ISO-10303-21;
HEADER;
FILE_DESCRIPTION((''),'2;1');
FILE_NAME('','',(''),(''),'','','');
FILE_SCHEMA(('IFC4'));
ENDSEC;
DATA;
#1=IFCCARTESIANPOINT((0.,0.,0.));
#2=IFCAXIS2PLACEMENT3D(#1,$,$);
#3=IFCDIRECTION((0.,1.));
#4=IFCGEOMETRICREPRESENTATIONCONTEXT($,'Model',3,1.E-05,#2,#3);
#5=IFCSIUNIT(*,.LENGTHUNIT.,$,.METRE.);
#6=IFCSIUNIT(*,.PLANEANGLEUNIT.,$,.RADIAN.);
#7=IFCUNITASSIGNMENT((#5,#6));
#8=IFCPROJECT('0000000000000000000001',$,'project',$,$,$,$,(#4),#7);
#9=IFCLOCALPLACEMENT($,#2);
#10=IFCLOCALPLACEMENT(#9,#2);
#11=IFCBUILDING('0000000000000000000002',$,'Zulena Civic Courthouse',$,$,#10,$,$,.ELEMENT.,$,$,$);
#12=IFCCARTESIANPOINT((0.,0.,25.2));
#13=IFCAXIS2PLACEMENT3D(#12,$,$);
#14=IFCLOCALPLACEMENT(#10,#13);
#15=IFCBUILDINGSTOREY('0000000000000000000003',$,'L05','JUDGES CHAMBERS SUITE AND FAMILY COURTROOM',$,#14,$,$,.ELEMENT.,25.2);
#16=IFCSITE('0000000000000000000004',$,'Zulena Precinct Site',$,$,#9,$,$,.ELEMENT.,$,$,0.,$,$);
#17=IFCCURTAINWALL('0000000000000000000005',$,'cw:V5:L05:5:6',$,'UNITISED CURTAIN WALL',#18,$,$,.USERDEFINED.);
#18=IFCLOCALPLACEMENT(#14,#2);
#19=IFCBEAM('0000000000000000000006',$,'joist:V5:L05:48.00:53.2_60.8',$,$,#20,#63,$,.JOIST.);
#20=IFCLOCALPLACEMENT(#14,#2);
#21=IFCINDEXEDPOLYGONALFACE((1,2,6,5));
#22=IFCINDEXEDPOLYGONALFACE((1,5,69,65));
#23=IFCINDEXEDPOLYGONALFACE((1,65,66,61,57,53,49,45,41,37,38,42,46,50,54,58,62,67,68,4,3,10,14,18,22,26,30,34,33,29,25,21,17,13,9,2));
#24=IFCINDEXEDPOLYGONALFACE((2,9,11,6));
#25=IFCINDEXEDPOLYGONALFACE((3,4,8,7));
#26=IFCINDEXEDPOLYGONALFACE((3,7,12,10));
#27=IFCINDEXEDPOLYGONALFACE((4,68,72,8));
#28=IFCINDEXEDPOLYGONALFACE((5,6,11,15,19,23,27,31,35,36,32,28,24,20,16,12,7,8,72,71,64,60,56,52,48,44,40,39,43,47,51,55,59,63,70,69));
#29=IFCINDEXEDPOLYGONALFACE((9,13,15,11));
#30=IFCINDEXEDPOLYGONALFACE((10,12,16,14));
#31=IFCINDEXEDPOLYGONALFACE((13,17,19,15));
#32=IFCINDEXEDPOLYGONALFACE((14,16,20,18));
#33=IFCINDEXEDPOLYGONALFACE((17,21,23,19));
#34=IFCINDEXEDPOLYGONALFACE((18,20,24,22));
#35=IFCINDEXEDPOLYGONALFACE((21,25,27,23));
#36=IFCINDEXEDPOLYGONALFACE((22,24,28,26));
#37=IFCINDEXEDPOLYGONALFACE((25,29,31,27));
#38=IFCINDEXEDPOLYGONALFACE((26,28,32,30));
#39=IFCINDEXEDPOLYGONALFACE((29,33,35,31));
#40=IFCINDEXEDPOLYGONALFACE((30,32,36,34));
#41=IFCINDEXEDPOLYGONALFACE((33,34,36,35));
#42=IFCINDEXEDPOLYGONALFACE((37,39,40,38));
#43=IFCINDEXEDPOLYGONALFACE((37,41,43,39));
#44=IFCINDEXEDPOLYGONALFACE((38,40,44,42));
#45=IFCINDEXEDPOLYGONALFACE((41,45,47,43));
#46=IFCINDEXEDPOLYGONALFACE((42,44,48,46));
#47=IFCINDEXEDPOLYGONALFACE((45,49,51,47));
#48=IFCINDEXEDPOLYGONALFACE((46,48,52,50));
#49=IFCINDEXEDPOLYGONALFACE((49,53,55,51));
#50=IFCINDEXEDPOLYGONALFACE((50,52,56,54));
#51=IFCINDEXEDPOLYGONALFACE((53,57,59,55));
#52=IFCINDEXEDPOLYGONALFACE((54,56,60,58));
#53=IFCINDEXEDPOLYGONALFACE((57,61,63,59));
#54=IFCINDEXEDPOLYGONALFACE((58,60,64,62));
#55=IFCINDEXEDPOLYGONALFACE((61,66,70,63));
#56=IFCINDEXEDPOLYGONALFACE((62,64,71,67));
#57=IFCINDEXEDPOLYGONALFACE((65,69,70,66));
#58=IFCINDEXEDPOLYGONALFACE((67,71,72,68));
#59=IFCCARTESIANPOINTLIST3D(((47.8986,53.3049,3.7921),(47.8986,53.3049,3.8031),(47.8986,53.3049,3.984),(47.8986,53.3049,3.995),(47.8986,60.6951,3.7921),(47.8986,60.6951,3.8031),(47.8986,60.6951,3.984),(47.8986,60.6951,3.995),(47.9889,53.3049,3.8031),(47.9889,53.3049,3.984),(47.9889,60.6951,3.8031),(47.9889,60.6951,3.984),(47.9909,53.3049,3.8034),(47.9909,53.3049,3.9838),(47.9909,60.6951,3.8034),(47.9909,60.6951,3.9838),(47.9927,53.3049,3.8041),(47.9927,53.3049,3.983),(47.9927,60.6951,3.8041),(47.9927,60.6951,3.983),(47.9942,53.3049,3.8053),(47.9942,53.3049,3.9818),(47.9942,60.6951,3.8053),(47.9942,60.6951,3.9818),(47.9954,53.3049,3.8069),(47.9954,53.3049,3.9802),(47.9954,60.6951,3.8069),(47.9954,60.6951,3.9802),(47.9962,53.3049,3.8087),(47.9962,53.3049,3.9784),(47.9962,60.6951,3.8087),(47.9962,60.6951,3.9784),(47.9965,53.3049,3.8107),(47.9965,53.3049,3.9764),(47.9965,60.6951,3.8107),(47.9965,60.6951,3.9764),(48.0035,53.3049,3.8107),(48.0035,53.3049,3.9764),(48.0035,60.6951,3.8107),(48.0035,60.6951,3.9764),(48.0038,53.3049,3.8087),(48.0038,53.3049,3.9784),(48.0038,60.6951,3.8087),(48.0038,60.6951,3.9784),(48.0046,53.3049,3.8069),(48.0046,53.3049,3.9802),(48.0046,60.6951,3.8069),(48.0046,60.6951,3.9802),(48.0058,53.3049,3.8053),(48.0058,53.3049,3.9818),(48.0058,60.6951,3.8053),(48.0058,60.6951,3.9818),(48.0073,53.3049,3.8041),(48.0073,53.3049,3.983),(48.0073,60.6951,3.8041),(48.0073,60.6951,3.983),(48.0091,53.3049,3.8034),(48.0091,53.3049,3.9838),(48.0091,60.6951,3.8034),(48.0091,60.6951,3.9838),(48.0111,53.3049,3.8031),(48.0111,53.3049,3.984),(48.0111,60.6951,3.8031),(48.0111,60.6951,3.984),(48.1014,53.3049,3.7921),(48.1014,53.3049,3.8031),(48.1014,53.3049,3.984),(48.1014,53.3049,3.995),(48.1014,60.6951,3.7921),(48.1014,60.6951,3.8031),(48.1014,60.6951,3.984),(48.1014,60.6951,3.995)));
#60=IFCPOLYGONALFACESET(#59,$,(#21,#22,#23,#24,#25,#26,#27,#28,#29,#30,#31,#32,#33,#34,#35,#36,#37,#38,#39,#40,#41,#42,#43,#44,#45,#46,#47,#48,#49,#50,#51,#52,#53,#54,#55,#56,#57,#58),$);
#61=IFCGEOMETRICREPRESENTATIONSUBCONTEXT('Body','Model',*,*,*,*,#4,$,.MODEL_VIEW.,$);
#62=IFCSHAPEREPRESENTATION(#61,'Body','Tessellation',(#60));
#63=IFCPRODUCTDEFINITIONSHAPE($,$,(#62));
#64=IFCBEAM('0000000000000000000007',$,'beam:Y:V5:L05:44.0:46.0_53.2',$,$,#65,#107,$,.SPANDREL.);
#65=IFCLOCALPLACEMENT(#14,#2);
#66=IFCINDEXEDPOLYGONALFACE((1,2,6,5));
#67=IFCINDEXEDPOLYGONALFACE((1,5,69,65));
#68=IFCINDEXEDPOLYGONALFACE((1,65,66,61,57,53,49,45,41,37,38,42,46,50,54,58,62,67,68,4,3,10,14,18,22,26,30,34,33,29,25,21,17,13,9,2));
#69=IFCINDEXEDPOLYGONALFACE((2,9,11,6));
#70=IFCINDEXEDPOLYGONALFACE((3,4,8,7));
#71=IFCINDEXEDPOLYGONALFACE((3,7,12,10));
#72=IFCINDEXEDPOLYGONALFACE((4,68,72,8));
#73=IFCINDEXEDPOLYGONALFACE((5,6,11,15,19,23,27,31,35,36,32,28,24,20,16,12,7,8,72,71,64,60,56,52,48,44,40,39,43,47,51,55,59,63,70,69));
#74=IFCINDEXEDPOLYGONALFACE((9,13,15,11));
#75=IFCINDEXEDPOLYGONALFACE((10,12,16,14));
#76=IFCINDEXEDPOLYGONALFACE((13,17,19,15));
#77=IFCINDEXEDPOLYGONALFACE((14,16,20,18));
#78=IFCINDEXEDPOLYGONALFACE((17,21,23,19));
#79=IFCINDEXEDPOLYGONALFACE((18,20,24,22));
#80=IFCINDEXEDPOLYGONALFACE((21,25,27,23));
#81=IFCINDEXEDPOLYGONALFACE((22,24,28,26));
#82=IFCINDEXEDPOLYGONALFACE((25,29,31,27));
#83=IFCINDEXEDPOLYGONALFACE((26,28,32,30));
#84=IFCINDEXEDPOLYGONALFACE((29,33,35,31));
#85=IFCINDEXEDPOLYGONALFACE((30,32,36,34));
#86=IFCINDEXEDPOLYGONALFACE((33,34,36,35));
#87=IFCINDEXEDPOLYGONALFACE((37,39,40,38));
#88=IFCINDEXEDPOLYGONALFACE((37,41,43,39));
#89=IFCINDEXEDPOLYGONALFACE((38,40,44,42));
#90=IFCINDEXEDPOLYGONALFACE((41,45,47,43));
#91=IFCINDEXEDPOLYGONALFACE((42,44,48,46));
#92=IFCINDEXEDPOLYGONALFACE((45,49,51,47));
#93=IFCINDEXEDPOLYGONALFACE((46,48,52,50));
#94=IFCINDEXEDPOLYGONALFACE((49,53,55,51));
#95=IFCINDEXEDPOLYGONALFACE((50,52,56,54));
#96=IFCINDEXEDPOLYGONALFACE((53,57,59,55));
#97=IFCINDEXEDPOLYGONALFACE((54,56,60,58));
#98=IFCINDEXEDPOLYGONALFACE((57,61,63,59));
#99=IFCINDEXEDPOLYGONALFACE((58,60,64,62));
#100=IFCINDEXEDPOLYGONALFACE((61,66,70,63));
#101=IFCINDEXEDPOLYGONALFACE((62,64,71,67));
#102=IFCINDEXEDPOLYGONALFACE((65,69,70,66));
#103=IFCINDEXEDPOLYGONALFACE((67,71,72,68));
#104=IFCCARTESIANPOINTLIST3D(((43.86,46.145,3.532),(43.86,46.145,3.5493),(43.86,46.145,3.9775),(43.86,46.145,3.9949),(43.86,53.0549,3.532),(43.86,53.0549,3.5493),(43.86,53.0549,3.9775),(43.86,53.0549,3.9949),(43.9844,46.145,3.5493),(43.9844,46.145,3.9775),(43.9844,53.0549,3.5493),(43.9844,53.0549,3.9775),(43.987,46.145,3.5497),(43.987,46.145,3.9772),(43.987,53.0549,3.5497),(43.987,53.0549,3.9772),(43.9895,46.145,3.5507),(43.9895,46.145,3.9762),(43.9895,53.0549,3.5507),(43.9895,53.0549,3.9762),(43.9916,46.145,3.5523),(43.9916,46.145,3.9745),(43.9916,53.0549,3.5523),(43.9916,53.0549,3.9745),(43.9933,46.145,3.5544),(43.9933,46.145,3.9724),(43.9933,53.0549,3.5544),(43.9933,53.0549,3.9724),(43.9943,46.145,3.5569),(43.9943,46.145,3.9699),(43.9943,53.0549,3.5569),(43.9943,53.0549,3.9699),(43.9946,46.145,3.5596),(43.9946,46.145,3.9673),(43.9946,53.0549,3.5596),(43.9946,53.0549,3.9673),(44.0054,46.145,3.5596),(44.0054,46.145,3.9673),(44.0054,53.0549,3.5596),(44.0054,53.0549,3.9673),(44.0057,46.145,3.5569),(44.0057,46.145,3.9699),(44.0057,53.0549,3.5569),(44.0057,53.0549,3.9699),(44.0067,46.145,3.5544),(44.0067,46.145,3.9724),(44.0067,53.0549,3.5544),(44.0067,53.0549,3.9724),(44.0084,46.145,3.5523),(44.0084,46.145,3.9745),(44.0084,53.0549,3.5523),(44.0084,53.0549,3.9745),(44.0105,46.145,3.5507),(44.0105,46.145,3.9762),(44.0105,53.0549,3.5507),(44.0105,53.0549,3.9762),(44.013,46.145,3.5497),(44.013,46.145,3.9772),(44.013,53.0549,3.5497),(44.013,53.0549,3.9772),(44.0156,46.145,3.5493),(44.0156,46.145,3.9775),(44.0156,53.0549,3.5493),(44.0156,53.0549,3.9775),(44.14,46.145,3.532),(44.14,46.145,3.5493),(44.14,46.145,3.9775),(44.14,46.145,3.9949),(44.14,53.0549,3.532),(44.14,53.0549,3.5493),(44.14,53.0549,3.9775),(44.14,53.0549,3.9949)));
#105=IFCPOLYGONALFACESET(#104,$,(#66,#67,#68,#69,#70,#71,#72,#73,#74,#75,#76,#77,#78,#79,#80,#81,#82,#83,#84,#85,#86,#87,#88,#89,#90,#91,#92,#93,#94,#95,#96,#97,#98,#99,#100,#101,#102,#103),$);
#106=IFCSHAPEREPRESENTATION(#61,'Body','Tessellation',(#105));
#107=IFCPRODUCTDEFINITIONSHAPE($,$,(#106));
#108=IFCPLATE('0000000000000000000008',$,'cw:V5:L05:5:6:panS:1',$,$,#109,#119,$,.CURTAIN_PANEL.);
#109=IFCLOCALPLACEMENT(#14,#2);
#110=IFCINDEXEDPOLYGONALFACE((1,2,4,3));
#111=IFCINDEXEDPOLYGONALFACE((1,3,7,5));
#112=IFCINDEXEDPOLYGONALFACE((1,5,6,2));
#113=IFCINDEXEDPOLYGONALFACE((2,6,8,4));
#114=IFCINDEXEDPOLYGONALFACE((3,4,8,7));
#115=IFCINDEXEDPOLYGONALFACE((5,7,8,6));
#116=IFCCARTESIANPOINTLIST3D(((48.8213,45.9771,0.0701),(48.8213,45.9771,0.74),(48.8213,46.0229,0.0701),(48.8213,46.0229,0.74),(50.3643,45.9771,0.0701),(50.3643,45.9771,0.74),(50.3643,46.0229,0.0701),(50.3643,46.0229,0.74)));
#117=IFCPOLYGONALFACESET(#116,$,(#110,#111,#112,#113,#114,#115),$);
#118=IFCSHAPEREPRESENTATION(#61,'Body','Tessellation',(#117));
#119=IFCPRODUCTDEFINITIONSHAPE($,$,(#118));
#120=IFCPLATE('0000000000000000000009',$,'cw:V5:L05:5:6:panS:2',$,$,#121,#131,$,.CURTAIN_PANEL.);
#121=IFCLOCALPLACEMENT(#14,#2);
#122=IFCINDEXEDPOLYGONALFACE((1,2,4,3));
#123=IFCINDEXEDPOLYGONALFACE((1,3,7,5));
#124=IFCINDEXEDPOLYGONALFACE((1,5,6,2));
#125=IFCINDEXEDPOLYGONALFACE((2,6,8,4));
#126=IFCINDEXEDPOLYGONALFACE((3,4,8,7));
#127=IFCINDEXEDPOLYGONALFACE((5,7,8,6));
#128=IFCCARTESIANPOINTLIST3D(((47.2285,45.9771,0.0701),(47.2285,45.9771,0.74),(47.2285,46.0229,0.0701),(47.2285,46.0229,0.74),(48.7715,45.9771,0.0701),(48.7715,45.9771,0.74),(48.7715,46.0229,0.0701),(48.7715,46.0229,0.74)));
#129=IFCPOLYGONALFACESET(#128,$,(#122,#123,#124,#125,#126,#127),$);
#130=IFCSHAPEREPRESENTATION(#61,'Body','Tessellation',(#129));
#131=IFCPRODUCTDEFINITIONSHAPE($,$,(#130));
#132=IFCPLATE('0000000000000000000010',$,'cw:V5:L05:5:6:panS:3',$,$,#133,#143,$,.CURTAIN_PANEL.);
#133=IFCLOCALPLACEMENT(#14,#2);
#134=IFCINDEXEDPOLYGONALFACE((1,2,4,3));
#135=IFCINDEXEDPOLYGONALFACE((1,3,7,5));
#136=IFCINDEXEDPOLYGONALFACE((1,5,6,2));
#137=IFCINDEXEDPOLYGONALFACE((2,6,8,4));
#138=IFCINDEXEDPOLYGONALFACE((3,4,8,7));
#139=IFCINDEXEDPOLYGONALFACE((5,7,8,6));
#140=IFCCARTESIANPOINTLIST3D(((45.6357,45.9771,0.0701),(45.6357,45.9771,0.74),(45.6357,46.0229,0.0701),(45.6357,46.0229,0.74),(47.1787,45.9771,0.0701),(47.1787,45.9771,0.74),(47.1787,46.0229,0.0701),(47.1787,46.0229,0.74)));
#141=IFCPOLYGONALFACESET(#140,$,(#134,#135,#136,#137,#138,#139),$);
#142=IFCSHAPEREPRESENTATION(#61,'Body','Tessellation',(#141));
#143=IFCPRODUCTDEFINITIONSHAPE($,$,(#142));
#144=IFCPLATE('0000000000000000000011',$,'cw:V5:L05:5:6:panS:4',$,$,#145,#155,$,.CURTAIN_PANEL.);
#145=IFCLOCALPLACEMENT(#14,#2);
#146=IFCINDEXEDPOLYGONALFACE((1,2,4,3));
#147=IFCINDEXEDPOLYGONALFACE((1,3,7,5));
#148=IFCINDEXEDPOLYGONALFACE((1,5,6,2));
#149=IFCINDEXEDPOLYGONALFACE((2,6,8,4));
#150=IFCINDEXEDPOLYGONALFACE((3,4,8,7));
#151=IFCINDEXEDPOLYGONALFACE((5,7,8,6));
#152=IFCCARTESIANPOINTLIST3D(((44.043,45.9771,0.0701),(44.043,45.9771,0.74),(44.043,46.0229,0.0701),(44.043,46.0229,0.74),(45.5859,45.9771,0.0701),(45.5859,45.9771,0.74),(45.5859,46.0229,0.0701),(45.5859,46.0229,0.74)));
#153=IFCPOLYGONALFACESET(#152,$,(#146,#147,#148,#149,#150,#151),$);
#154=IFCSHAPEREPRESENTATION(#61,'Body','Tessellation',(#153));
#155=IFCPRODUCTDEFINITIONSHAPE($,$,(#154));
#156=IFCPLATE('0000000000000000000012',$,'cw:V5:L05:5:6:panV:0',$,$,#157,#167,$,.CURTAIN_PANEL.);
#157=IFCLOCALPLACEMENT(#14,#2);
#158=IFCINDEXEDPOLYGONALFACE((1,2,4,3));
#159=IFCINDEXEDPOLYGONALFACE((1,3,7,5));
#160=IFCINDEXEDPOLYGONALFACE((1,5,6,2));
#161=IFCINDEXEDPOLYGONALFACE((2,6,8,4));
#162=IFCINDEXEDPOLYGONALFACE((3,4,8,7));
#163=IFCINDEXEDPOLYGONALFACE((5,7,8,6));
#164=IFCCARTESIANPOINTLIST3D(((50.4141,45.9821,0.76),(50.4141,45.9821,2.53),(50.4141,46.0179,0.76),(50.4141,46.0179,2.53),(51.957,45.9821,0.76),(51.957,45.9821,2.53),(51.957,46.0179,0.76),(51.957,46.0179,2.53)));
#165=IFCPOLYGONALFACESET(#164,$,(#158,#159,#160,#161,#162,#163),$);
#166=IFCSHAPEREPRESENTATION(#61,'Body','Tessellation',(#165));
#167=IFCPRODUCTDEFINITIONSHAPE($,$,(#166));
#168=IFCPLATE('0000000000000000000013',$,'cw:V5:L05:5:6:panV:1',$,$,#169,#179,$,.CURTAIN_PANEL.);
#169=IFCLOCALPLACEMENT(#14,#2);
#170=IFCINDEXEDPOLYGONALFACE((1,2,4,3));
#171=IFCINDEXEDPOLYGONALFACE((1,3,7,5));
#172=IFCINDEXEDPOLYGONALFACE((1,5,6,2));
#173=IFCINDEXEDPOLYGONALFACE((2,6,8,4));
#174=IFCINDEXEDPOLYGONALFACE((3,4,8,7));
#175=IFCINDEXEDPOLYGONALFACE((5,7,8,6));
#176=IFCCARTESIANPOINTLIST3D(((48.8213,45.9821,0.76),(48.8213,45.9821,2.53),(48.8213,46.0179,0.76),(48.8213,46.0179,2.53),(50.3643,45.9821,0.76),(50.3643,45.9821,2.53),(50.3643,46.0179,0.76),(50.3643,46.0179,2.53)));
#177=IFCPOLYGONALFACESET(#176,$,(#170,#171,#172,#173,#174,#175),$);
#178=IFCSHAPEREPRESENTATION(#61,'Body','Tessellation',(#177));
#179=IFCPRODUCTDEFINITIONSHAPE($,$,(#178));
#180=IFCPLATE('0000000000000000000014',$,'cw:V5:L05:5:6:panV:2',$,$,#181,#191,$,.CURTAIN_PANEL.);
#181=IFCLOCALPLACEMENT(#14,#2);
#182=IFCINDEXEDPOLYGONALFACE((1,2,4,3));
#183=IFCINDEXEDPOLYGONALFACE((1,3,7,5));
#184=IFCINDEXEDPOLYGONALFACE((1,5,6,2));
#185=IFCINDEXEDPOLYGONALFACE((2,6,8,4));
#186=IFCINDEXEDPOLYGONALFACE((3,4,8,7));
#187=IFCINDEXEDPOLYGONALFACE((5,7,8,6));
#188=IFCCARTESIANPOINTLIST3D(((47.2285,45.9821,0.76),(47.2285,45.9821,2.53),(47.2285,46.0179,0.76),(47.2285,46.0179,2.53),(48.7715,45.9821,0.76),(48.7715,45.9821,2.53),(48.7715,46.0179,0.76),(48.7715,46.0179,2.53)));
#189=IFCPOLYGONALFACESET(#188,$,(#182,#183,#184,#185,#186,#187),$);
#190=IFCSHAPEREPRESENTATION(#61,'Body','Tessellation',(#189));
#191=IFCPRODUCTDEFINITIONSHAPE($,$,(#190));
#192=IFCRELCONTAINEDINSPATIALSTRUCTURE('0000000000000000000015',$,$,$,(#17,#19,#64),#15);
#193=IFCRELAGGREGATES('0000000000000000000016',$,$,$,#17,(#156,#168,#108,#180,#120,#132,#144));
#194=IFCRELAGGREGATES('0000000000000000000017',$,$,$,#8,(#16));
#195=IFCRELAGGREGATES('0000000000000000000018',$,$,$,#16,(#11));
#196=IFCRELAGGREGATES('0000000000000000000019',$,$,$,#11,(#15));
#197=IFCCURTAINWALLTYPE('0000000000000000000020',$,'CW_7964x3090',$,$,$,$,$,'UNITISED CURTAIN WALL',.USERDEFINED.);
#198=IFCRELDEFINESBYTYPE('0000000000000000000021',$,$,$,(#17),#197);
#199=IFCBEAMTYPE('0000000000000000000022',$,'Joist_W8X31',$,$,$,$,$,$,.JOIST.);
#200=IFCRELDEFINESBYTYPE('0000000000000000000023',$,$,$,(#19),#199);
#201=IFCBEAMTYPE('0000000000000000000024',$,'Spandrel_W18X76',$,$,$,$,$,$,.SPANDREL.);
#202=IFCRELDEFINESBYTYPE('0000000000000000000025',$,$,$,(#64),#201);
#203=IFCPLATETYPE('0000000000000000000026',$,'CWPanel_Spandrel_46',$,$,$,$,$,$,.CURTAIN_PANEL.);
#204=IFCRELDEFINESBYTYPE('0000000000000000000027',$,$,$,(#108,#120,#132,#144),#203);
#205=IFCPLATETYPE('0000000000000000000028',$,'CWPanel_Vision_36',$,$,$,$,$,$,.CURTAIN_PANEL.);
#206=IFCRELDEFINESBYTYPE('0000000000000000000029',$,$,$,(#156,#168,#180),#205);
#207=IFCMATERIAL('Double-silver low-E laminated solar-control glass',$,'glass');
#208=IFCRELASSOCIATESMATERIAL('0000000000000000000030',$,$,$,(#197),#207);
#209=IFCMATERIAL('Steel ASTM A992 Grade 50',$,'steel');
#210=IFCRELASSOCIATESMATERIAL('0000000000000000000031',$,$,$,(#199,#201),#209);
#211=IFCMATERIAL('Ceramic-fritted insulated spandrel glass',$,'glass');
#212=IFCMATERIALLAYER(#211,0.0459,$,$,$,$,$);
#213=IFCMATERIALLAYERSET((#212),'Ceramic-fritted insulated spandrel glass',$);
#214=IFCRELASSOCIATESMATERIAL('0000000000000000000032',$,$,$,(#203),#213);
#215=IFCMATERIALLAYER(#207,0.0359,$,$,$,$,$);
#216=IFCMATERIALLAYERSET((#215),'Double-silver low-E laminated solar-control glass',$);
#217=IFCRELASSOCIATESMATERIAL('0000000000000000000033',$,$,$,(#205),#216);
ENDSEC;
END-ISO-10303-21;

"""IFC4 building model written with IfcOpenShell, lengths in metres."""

from ifc_helpers import new_model, si_unit, direction, frame, origin, origin_2d, place, context, subcontext, project, spatial, rectangle, i_section, extrude, material, layer, layer_set, material_profile, profile_set, type_object, element, aggregate, save


model = new_model("IFC4")

# Units and contexts
model_context = context("Model", 3, precision=1e-05, world=origin(), true_north=direction((0.0, 1.0)))
body_context = subcontext(model_context, "Body", "Model", "MODEL_VIEW")
ifc_project = project(units=[si_unit("LENGTHUNIT", "METRE"), si_unit("PLANEANGLEUNIT", "RADIAN")], contexts=[model_context])

# Site, building, storey
site_placement = place(None, origin())
site = spatial("IfcSite", under=ifc_project, at=site_placement, Name="Zulena Precinct Site", CompositionType="ELEMENT", RefElevation=0.0)
building_placement = place(site_placement, origin())
building = spatial("IfcBuilding", under=site, at=building_placement, Name="Zulena Civic Courthouse", CompositionType="ELEMENT")
storey_placement = place(building_placement, frame((0.0, 0.0, 25.2)))
storey = spatial("IfcBuildingStorey", under=building, at=storey_placement, Name="L05", Description="JUDGES CHAMBERS SUITE AND FAMILY COURTROOM", CompositionType="ELEMENT", Elevation=25.2)

# Shared definitions
ifc_material_1 = material(Name="Steel ASTM A992 Grade 50", Category="steel")

# Curtain wall
ifc_material_2 = material(Name="Double-silver low-E laminated solar-control glass", Category="glass")
curtain_wall_type = type_object("IfcCurtainWallType", Name="CW_7964x3090", ElementType="UNITISED CURTAIN WALL", PredefinedType="USERDEFINED", material=ifc_material_2)
curtain_wall_placement = place(storey_placement, origin())
curtain_wall = element("IfcCurtainWall", 1, at=curtain_wall_placement, inside=storey, type_object=curtain_wall_type, Name="cw:V5:L05:5:6", ObjectType="UNITISED CURTAIN WALL", PredefinedType="USERDEFINED")

# Beams
ifc_material_profile_1 = material_profile(ifc_material_1, i_section(OverallWidth=0.2029, OverallDepth=0.2029, WebThickness=0.0071, FlangeThickness=0.011, FilletRadius=0.0076, at=origin_2d()), Name="W8X31")
ifc_profile_set_1 = profile_set([ifc_material_profile_1], Name="Steel ASTM A992 Grade 50")
beam_type_1 = type_object("IfcBeamType", Name="Joist_W8X31", PredefinedType="JOIST", material=ifc_profile_set_1)
beam_1_placement = place(storey_placement, frame((48.0, 53.3049, 3.8936), z_axis=(0.0, 1.0, 0.0), x_axis=(-1.0, 0.0, 0.0)))
element("IfcBeam", 2, at=beam_1_placement, inside=storey, type_object=beam_type_1, Name="joist:V5:L05:48.00:53.2_60.8", PredefinedType="JOIST", context=body_context, shape_type="SweptSolid", body=[
    extrude(i_section(OverallWidth=0.2029, OverallDepth=0.2029, WebThickness=0.0071, FlangeThickness=0.011, FilletRadius=0.0076, at=origin_2d()), origin(), (0.0, 0.0, 1.0), 7.3901),
])
ifc_material_profile_2 = material_profile(ifc_material_1, i_section(OverallWidth=0.28, OverallDepth=0.4629, WebThickness=0.0107, FlangeThickness=0.0173, FilletRadius=0.0103, at=origin_2d()), Name="W18X76")
ifc_profile_set_2 = profile_set([ifc_material_profile_2], Name="Steel ASTM A992 Grade 50")
beam_type_2 = type_object("IfcBeamType", Name="Spandrel_W18X76", PredefinedType="SPANDREL", material=ifc_profile_set_2)
beam_2_placement = place(storey_placement, frame((44.0, 46.145, 3.7634), z_axis=(0.0, 1.0, 0.0), x_axis=(-1.0, 0.0, 0.0)))
element("IfcBeam", 3, at=beam_2_placement, inside=storey, type_object=beam_type_2, Name="beam:Y:V5:L05:44.0:46.0_53.2", PredefinedType="SPANDREL", context=body_context, shape_type="SweptSolid", body=[
    extrude(i_section(OverallWidth=0.28, OverallDepth=0.4629, WebThickness=0.0107, FlangeThickness=0.0173, FilletRadius=0.0103, at=origin_2d()), origin(), (0.0, 0.0, 1.0), 6.9099),
])

# Plates
ifc_material_3 = material(Name="Ceramic-fritted insulated spandrel glass", Category="glass")
ifc_layer_1 = layer(ifc_material_3, 0.0459)
ifc_layer_set_1 = layer_set([ifc_layer_1], Name="Ceramic-fritted insulated spandrel glass")
plate_type_1 = type_object("IfcPlateType", Name="CWPanel_Spandrel_46", PredefinedType="CURTAIN_PANEL", material=ifc_layer_set_1)
plate_1_placement = place(storey_placement, frame((49.5928, 46.0, 0.0701), z_axis=(0.0, 0.0, 1.0), x_axis=(-1.0, 0.0, 0.0)))
plate_1 = element("IfcPlate", 4, at=plate_1_placement, type_object=plate_type_1, Name="cw:V5:L05:5:6:panS:1", PredefinedType="CURTAIN_PANEL", context=body_context, shape_type="SweptSolid", body=[
    extrude(rectangle(XDim=1.543, YDim=0.0459, at=origin_2d()), origin(), (0.0, 0.0, 1.0), 0.6699),
])
plate_2_placement = place(storey_placement, frame((48.0, 46.0, 0.0701), z_axis=(0.0, 0.0, 1.0), x_axis=(-1.0, 0.0, 0.0)))
plate_2 = element("IfcPlate", 5, at=plate_2_placement, type_object=plate_type_1, Name="cw:V5:L05:5:6:panS:2", PredefinedType="CURTAIN_PANEL", context=body_context, shape_type="SweptSolid", body=[
    extrude(rectangle(XDim=1.543, YDim=0.0459, at=origin_2d()), origin(), (0.0, 0.0, 1.0), 0.6699),
])
plate_3_placement = place(storey_placement, frame((46.4072, 46.0, 0.0701), z_axis=(0.0, 0.0, 1.0), x_axis=(-1.0, 0.0, 0.0)))
plate_3 = element("IfcPlate", 6, at=plate_3_placement, type_object=plate_type_1, Name="cw:V5:L05:5:6:panS:3", PredefinedType="CURTAIN_PANEL", context=body_context, shape_type="SweptSolid", body=[
    extrude(rectangle(XDim=1.543, YDim=0.0459, at=origin_2d()), origin(), (0.0, 0.0, 1.0), 0.6699),
])
plate_4_placement = place(storey_placement, frame((44.8145, 46.0, 0.0701), z_axis=(0.0, 0.0, 1.0), x_axis=(-1.0, 0.0, 0.0)))
plate_4 = element("IfcPlate", 7, at=plate_4_placement, type_object=plate_type_1, Name="cw:V5:L05:5:6:panS:4", PredefinedType="CURTAIN_PANEL", context=body_context, shape_type="SweptSolid", body=[
    extrude(rectangle(XDim=1.543, YDim=0.0459, at=origin_2d()), origin(), (0.0, 0.0, 1.0), 0.6699),
])
ifc_layer_2 = layer(ifc_material_2, 0.0359)
ifc_layer_set_2 = layer_set([ifc_layer_2], Name="Double-silver low-E laminated solar-control glass")
plate_type_2 = type_object("IfcPlateType", Name="CWPanel_Vision_36", PredefinedType="CURTAIN_PANEL", material=ifc_layer_set_2)
plate_5_placement = place(storey_placement, frame((51.1855, 46.0, 0.76), z_axis=(0.0, 0.0, 1.0), x_axis=(-1.0, 0.0, 0.0)))
plate_5 = element("IfcPlate", 8, at=plate_5_placement, type_object=plate_type_2, Name="cw:V5:L05:5:6:panV:0", PredefinedType="CURTAIN_PANEL", context=body_context, shape_type="SweptSolid", body=[
    extrude(rectangle(XDim=1.543, YDim=0.0359, at=origin_2d()), origin(), (0.0, 0.0, 1.0), 1.77),
])
plate_6_placement = place(storey_placement, frame((49.5928, 46.0, 0.76), z_axis=(0.0, 0.0, 1.0), x_axis=(-1.0, 0.0, 0.0)))
plate_6 = element("IfcPlate", 9, at=plate_6_placement, type_object=plate_type_2, Name="cw:V5:L05:5:6:panV:1", PredefinedType="CURTAIN_PANEL", context=body_context, shape_type="SweptSolid", body=[
    extrude(rectangle(XDim=1.543, YDim=0.0359, at=origin_2d()), origin(), (0.0, 0.0, 1.0), 1.77),
])
plate_7_placement = place(storey_placement, frame((48.0, 46.0, 0.76), z_axis=(0.0, 0.0, 1.0), x_axis=(-1.0, 0.0, 0.0)))
plate_7 = element("IfcPlate", 10, at=plate_7_placement, type_object=plate_type_2, Name="cw:V5:L05:5:6:panV:2", PredefinedType="CURTAIN_PANEL", context=body_context, shape_type="SweptSolid", body=[
    extrude(rectangle(XDim=1.543, YDim=0.0359, at=origin_2d()), origin(), (0.0, 0.0, 1.0), 1.77),
])
aggregate(curtain_wall, [plate_5, plate_6, plate_1, plate_7, plate_2, plate_3, plate_4])

save(model, "model.ifc")
